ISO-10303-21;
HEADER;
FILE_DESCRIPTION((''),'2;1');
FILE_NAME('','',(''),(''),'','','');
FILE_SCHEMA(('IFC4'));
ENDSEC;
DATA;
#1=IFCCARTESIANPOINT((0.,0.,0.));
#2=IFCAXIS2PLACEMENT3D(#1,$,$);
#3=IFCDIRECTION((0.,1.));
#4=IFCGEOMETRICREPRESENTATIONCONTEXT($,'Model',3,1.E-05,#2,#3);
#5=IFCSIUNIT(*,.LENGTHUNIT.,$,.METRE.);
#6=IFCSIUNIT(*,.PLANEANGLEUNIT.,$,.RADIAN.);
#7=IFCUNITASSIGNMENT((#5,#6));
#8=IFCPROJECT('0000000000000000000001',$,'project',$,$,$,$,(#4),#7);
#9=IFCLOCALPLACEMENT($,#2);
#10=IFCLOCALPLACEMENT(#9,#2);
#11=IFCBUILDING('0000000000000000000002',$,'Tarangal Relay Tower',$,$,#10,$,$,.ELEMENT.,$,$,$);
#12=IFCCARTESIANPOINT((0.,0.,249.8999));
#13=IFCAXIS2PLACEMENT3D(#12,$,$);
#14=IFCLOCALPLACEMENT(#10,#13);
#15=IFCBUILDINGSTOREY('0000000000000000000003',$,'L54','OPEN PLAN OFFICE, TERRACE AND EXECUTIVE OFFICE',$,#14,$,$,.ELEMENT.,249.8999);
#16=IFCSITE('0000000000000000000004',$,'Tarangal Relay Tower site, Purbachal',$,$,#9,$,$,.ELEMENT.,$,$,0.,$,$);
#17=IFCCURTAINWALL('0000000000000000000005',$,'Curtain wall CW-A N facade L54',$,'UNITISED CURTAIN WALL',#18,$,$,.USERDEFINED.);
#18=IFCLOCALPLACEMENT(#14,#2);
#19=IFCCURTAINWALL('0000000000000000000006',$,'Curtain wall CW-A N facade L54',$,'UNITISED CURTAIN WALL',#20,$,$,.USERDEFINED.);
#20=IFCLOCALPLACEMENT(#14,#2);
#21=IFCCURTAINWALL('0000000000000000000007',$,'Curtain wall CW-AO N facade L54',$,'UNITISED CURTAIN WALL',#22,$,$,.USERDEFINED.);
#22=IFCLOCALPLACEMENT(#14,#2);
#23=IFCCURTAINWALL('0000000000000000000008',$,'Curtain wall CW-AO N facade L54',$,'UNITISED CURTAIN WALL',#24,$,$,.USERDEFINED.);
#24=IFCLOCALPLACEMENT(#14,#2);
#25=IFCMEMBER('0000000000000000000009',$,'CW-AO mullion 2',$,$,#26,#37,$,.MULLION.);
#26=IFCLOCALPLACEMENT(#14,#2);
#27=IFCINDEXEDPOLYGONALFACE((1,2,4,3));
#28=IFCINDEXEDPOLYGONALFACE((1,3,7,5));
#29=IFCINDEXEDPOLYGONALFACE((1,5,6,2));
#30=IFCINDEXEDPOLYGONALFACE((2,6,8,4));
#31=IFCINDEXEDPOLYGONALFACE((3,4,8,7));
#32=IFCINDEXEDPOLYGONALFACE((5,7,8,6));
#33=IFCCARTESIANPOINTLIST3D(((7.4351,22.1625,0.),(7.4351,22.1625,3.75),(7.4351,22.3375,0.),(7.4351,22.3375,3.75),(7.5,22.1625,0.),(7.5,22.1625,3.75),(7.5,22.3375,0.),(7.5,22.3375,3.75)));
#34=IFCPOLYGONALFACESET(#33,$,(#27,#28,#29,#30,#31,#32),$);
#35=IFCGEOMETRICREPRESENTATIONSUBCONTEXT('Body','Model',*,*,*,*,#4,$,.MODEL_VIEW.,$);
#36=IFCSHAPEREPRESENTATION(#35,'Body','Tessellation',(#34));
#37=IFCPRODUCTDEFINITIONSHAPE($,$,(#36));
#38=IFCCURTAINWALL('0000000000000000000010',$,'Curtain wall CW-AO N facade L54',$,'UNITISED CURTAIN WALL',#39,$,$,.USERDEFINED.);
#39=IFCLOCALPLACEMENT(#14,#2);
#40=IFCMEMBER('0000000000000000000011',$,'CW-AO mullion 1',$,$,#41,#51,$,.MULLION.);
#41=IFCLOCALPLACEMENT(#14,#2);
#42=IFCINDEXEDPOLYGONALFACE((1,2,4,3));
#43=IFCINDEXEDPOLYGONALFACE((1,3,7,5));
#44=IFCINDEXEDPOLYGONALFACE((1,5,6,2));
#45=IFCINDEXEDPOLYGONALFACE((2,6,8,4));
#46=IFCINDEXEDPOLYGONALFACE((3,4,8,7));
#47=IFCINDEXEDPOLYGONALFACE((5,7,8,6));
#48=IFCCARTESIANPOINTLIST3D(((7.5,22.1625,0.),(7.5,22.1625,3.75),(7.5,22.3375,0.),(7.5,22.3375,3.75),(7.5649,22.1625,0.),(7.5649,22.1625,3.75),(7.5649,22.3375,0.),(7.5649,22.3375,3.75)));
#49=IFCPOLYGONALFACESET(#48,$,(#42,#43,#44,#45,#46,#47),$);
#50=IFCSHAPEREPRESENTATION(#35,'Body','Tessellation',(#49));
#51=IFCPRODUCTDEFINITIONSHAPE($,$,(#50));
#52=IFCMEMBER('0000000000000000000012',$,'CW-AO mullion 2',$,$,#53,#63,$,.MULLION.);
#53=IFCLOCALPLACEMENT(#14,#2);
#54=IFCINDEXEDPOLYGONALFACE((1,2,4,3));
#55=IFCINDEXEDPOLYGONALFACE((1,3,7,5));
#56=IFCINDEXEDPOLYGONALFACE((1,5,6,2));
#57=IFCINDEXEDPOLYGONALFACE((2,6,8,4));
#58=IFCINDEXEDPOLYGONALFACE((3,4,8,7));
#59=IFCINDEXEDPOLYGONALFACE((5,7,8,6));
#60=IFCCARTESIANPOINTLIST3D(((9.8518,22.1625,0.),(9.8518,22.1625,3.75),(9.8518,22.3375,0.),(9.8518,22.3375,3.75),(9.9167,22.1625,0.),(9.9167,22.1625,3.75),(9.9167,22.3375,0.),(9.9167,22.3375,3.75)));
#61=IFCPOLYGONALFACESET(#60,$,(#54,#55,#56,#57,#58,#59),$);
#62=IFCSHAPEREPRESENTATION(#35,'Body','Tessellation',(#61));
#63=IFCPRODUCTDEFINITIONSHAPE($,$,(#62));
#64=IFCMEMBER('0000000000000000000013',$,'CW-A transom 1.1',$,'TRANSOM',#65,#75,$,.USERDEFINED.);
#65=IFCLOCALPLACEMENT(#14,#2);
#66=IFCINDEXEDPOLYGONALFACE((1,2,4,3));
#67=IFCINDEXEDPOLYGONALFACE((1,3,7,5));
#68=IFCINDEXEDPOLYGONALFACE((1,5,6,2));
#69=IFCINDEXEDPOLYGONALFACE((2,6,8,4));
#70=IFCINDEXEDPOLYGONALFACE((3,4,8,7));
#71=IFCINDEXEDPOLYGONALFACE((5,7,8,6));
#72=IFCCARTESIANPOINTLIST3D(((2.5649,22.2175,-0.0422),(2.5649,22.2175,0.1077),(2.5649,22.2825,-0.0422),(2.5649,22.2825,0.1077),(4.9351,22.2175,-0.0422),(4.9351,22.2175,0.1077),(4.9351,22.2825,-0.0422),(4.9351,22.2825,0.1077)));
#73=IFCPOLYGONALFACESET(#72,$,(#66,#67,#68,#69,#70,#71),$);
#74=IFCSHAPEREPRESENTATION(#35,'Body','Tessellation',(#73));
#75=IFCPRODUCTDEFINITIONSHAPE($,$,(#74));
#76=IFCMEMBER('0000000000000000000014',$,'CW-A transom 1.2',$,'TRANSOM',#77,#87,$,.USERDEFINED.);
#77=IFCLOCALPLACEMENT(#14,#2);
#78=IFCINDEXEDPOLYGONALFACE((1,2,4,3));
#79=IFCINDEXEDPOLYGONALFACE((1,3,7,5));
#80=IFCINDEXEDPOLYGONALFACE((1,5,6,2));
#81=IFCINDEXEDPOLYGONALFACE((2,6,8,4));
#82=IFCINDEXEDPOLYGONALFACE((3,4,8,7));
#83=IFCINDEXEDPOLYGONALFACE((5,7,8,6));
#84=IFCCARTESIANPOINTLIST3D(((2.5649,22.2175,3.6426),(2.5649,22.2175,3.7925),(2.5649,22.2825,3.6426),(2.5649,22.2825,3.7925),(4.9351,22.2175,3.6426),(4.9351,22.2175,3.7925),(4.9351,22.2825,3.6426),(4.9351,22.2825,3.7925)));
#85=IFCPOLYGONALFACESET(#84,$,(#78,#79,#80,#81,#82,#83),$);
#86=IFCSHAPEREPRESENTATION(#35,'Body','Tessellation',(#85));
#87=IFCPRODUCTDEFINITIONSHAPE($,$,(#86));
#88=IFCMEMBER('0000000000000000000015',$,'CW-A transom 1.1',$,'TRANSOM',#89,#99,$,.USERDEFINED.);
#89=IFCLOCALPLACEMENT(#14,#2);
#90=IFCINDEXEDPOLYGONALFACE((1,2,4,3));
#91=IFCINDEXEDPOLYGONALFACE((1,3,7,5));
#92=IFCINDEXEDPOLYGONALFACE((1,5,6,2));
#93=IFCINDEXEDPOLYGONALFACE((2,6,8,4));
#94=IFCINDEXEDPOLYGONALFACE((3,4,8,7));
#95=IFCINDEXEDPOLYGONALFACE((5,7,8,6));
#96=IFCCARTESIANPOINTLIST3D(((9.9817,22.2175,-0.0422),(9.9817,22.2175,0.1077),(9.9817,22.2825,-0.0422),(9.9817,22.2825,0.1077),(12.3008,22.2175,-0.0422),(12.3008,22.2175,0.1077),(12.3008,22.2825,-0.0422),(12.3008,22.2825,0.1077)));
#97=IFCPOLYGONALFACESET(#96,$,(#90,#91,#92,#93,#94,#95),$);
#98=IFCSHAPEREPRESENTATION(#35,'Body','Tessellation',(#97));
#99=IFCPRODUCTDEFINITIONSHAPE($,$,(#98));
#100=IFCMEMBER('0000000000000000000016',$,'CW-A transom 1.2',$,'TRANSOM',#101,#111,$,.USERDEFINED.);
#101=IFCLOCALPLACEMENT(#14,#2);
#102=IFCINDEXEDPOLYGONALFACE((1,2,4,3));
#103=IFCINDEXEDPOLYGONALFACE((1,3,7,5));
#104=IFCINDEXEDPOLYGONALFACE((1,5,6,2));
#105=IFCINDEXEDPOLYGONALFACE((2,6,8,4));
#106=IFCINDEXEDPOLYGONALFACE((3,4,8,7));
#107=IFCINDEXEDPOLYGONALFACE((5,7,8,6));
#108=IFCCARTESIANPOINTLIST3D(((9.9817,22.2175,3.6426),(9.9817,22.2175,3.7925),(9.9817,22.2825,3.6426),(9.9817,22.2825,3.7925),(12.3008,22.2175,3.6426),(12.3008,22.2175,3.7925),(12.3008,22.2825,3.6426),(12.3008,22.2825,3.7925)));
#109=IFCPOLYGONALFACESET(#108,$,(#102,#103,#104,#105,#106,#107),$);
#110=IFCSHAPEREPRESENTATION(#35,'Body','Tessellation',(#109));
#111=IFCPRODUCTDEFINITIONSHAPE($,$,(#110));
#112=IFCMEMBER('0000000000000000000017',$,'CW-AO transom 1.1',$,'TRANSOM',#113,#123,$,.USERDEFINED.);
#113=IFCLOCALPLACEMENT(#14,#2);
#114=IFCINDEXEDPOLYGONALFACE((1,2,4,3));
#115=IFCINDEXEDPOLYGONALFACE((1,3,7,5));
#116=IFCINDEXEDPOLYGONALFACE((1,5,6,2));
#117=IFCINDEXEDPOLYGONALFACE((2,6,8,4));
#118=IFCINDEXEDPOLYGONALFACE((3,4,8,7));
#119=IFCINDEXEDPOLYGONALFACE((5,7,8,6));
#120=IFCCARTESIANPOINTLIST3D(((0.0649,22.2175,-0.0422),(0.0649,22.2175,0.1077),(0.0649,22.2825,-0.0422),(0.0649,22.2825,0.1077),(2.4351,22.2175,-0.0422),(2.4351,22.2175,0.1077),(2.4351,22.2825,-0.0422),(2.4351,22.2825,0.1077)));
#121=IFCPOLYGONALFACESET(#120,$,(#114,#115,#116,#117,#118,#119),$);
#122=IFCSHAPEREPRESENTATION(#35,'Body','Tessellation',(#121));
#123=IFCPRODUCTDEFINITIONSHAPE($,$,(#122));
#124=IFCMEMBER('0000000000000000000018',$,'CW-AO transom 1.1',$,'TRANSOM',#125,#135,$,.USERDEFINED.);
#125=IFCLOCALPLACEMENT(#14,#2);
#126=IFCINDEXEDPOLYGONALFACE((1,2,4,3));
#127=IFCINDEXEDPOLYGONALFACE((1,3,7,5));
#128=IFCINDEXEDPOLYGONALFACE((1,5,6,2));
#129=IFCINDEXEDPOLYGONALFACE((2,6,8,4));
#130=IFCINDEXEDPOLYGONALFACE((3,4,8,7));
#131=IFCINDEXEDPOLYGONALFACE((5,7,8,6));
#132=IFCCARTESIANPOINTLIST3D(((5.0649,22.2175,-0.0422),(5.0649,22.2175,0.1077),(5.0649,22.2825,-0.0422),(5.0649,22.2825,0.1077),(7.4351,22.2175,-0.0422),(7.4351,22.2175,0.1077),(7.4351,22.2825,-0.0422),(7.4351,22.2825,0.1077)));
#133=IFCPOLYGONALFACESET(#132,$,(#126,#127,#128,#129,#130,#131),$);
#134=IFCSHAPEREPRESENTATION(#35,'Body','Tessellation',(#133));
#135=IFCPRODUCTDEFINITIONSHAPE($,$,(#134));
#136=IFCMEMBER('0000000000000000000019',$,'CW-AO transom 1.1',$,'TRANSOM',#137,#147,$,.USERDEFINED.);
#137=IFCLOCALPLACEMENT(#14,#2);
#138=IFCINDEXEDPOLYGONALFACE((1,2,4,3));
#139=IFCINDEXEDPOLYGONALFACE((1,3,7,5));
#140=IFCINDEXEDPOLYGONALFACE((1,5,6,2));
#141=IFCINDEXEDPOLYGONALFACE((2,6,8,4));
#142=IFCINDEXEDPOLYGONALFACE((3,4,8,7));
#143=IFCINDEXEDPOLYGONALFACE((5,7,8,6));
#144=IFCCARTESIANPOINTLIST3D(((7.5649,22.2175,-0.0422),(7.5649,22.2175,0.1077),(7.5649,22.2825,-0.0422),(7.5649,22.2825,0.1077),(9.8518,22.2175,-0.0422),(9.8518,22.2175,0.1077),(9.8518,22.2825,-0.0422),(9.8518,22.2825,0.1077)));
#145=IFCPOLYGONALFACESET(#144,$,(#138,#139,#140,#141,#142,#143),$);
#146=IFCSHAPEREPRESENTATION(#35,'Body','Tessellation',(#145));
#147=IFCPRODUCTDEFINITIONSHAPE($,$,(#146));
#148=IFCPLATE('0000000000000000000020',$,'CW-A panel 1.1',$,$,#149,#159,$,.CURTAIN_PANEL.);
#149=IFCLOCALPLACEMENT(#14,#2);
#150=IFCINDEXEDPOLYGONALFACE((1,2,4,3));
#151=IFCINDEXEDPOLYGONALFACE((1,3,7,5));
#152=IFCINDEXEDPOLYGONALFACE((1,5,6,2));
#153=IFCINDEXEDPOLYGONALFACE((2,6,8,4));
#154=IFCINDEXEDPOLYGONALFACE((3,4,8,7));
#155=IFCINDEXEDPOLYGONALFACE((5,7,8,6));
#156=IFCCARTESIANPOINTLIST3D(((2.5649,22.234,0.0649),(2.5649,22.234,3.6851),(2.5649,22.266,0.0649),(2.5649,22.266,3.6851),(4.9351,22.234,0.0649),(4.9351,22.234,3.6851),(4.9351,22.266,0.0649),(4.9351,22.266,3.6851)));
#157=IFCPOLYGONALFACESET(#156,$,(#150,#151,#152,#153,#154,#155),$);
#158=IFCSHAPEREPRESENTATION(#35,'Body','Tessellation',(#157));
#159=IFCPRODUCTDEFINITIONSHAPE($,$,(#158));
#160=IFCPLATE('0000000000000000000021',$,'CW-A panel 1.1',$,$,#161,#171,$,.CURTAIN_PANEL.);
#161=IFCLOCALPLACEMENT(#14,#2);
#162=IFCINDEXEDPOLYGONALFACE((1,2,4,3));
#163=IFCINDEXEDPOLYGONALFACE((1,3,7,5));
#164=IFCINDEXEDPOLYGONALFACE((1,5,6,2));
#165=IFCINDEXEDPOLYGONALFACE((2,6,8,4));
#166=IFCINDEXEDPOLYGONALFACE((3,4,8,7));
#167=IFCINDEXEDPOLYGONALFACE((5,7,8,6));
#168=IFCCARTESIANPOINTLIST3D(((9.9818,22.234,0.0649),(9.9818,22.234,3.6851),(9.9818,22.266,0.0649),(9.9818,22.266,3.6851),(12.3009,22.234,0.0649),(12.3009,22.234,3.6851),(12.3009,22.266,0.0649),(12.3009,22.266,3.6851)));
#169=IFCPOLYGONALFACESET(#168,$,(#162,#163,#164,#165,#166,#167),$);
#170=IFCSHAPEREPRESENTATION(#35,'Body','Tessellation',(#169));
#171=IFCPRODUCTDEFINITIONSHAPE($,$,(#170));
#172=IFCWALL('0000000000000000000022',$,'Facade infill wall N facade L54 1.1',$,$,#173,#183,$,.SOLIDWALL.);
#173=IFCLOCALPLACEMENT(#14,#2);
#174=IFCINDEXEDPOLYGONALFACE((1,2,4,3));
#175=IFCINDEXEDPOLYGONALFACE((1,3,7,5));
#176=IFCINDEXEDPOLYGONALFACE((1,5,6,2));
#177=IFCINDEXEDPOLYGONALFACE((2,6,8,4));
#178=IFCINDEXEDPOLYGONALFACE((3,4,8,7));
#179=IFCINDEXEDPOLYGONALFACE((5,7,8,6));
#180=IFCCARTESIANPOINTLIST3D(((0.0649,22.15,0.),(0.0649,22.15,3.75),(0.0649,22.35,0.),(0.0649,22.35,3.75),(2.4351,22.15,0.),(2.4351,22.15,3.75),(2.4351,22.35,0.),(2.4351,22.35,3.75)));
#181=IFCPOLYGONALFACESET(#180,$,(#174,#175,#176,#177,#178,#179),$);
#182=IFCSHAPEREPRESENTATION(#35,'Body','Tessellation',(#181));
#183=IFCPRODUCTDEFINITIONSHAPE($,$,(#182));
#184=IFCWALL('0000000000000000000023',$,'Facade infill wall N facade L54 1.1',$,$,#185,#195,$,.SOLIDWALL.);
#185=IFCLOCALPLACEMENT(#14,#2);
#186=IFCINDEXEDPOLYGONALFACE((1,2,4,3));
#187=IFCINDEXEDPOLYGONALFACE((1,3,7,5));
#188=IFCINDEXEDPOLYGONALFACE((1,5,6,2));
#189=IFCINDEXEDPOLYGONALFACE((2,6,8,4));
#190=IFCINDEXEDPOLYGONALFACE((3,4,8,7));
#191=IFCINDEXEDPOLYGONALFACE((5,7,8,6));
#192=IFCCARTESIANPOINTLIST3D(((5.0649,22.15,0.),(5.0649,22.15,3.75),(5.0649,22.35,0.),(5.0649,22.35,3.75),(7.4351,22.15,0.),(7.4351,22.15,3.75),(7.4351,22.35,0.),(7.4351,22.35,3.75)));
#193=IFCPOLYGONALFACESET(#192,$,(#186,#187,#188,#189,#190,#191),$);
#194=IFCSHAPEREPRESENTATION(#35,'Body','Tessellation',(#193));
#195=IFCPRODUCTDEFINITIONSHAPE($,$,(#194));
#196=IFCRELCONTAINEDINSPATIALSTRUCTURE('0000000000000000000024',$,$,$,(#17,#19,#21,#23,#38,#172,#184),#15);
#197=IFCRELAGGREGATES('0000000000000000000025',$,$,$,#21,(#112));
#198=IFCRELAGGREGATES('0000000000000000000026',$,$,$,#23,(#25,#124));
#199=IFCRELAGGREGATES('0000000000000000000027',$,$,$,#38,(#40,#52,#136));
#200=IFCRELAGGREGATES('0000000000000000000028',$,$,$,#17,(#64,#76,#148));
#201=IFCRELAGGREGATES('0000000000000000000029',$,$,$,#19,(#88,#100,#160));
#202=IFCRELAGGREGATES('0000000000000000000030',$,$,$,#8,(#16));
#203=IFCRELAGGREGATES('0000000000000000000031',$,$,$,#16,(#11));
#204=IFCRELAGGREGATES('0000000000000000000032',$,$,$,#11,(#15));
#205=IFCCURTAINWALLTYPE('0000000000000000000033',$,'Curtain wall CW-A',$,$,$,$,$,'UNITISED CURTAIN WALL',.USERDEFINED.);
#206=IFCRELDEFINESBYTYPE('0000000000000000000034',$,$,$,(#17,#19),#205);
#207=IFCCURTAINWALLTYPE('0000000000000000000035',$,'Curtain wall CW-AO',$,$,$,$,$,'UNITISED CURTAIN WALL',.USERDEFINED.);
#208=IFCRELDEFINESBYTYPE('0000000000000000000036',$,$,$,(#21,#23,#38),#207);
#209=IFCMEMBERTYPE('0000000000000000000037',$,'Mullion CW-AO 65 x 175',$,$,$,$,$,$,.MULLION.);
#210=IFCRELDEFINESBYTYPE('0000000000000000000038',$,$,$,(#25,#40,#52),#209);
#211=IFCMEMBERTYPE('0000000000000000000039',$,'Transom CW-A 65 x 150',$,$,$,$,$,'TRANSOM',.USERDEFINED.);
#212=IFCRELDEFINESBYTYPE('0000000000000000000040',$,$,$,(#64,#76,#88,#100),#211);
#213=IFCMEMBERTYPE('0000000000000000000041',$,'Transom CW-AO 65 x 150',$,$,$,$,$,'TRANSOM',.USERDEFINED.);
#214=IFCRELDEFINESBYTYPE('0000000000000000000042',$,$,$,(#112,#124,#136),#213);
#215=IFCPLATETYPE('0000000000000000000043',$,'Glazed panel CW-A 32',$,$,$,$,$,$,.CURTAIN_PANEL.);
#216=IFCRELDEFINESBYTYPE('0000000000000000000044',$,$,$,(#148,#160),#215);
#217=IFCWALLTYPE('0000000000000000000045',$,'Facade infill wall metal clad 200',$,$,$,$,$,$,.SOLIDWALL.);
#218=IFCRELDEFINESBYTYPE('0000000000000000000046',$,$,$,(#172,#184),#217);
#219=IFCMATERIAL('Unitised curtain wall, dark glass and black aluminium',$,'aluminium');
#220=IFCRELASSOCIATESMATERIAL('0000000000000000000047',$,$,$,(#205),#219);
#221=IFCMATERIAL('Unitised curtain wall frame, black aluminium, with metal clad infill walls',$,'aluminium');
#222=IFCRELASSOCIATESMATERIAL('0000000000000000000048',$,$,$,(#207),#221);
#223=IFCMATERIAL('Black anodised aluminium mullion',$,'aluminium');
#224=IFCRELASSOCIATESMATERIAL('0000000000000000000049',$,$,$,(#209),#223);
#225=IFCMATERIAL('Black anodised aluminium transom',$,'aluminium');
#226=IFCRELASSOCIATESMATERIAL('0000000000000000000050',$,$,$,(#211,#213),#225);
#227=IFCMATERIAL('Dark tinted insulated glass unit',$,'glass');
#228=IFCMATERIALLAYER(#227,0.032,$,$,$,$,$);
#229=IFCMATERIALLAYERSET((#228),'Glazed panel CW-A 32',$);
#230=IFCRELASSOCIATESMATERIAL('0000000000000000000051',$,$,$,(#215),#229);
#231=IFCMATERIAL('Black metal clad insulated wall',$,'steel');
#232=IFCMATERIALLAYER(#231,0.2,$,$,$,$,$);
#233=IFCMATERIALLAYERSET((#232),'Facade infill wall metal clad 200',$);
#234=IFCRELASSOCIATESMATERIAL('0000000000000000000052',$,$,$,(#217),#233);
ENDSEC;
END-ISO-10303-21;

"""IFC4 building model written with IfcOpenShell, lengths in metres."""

from ifc_helpers import new_model, si_unit, direction, frame, frame_2d, origin, origin_2d, place, context, subcontext, project, spatial, rectangle, extrude, material, layer, layer_set, material_profile, profile_set, type_object, element, aggregate, save


model = new_model("IFC4")

# Units and contexts
model_context = context("Model", 3, precision=1e-05, world=origin(), true_north=direction((0.0, 1.0)))
body_context = subcontext(model_context, "Body", "Model", "MODEL_VIEW")
ifc_project = project(units=[si_unit("LENGTHUNIT", "METRE"), si_unit("PLANEANGLEUNIT", "RADIAN")], contexts=[model_context])

# Site, building, storey
site_placement = place(None, origin())
site = spatial("IfcSite", under=ifc_project, at=site_placement, Name="Tarangal Relay Tower site, Purbachal", CompositionType="ELEMENT", RefElevation=0.0)
building_placement = place(site_placement, origin())
building = spatial("IfcBuilding", under=site, at=building_placement, Name="Tarangal Relay Tower", CompositionType="ELEMENT")
storey_placement = place(building_placement, frame((0.0, 0.0, 249.8999)))
storey = spatial("IfcBuildingStorey", under=building, at=storey_placement, Name="L54", Description="OPEN PLAN OFFICE, TERRACE AND EXECUTIVE OFFICE", CompositionType="ELEMENT", Elevation=249.8999)

# Curtain wall
ifc_material_1 = material(Name="Unitised curtain wall, dark glass and black aluminium", Category="aluminium")
curtain_wall_type_1 = type_object("IfcCurtainWallType", Name="Curtain wall CW-A", ElementType="UNITISED CURTAIN WALL", PredefinedType="USERDEFINED", material=ifc_material_1)
curtain_wall_1_placement = place(storey_placement, origin())
curtain_wall_1 = element("IfcCurtainWall", 1, at=curtain_wall_1_placement, inside=storey, type_object=curtain_wall_type_1, Name="Curtain wall CW-A N facade L54", ObjectType="UNITISED CURTAIN WALL", PredefinedType="USERDEFINED")
ifc_material_2 = material(Name="Black anodised aluminium mullion", Category="aluminium")

# Curtain wall
curtain_wall_2_placement = place(storey_placement, origin())
curtain_wall_2 = element("IfcCurtainWall", 2, at=curtain_wall_2_placement, inside=storey, type_object=curtain_wall_type_1, Name="Curtain wall CW-A N facade L54", ObjectType="UNITISED CURTAIN WALL", PredefinedType="USERDEFINED")

# Curtain walls, members
ifc_material_3 = material(Name="Unitised curtain wall frame, black aluminium, with metal clad infill walls", Category="aluminium")
curtain_wall_type_2 = type_object("IfcCurtainWallType", Name="Curtain wall CW-AO", ElementType="UNITISED CURTAIN WALL", PredefinedType="USERDEFINED", material=ifc_material_3)
curtain_wall_3_placement = place(storey_placement, origin())
curtain_wall_3 = element("IfcCurtainWall", 3, at=curtain_wall_3_placement, inside=storey, type_object=curtain_wall_type_2, Name="Curtain wall CW-AO N facade L54", ObjectType="UNITISED CURTAIN WALL", PredefinedType="USERDEFINED")
ifc_material_profile_1 = material_profile(ifc_material_2, rectangle(XDim=0.175, YDim=0.0649, at=origin_2d()), Name="CW-AOM 65X175")
ifc_profile_set_1 = profile_set([ifc_material_profile_1], Name="Black anodised aluminium mullion")
member_type_1 = type_object("IfcMemberType", Name="Mullion CW-AO 65 x 175", PredefinedType="MULLION", material=ifc_profile_set_1)
curtain_wall_4_placement = place(storey_placement, origin())
curtain_wall_4 = element("IfcCurtainWall", 4, at=curtain_wall_4_placement, inside=storey, type_object=curtain_wall_type_2, Name="Curtain wall CW-AO N facade L54", ObjectType="UNITISED CURTAIN WALL", PredefinedType="USERDEFINED")
member_1_placement = place(storey_placement, frame((7.4675, 22.25, 0.0), z_axis=(0.0, 0.0, 1.0), x_axis=(0.0, 1.0, 0.0)))
member_1 = element("IfcMember", 5, at=member_1_placement, type_object=member_type_1, Name="CW-AO mullion 2", PredefinedType="MULLION", context=body_context, shape_type="SweptSolid", body=[
    extrude(rectangle(XDim=0.175, YDim=0.0649, at=origin_2d()), origin(), (0.0, 0.0, 1.0), 3.75),
])
curtain_wall_5_placement = place(storey_placement, origin())
curtain_wall_5 = element("IfcCurtainWall", 6, at=curtain_wall_5_placement, inside=storey, type_object=curtain_wall_type_2, Name="Curtain wall CW-AO N facade L54", ObjectType="UNITISED CURTAIN WALL", PredefinedType="USERDEFINED")
member_2_placement = place(storey_placement, frame((7.5325, 22.25, 0.0), z_axis=(0.0, 0.0, 1.0), x_axis=(0.0, 1.0, 0.0)))
member_2 = element("IfcMember", 7, at=member_2_placement, type_object=member_type_1, Name="CW-AO mullion 1", PredefinedType="MULLION", context=body_context, shape_type="SweptSolid", body=[
    extrude(rectangle(XDim=0.175, YDim=0.0649, at=origin_2d()), origin(), (0.0, 0.0, 1.0), 3.75),
])
member_3_placement = place(storey_placement, frame((9.8843, 22.25, 0.0), z_axis=(0.0, 0.0, 1.0), x_axis=(0.0, 1.0, 0.0)))
member_3 = element("IfcMember", 8, at=member_3_placement, type_object=member_type_1, Name="CW-AO mullion 2", PredefinedType="MULLION", context=body_context, shape_type="SweptSolid", body=[
    extrude(rectangle(XDim=0.175, YDim=0.0649, at=origin_2d()), origin(), (0.0, 0.0, 1.0), 3.75),
])

# Members
ifc_material_4 = material(Name="Black anodised aluminium transom", Category="aluminium")
ifc_material_profile_2 = material_profile(ifc_material_4, rectangle(XDim=0.0649, YDim=0.1499, at=origin_2d()), Name="CW-AT 65X150")
ifc_profile_set_2 = profile_set([ifc_material_profile_2], Name="Black anodised aluminium transom")
member_type_2 = type_object("IfcMemberType", Name="Transom CW-A 65 x 150", ElementType="TRANSOM", PredefinedType="USERDEFINED", material=ifc_profile_set_2)
member_4_placement = place(storey_placement, frame((2.5649, 22.25, 0.0327), z_axis=(1.0, 0.0, 0.0), x_axis=(0.0, 1.0, 0.0)))
member_4 = element("IfcMember", 9, at=member_4_placement, type_object=member_type_2, Name="CW-A transom 1.1", ObjectType="TRANSOM", PredefinedType="USERDEFINED", context=body_context, shape_type="SweptSolid", body=[
    extrude(rectangle(XDim=0.0649, YDim=0.1499, at=origin_2d()), origin(), (0.0, 0.0, 1.0), 2.3701),
])
member_5_placement = place(storey_placement, frame((2.5649, 22.25, 3.7175), z_axis=(1.0, 0.0, 0.0), x_axis=(0.0, 1.0, 0.0)))
member_5 = element("IfcMember", 10, at=member_5_placement, type_object=member_type_2, Name="CW-A transom 1.2", ObjectType="TRANSOM", PredefinedType="USERDEFINED", context=body_context, shape_type="SweptSolid", body=[
    extrude(rectangle(XDim=0.0649, YDim=0.1499, at=origin_2d()), origin(), (0.0, 0.0, 1.0), 2.3701),
])
member_6_placement = place(storey_placement, frame((9.9817, 22.25, 0.0327), z_axis=(1.0, 0.0, 0.0), x_axis=(0.0, 1.0, 0.0)))
member_6 = element("IfcMember", 11, at=member_6_placement, type_object=member_type_2, Name="CW-A transom 1.1", ObjectType="TRANSOM", PredefinedType="USERDEFINED", context=body_context, shape_type="SweptSolid", body=[
    extrude(rectangle(XDim=0.0649, YDim=0.1499, at=origin_2d()), origin(), (0.0, 0.0, 1.0), 2.3191),
])
member_7_placement = place(storey_placement, frame((9.9817, 22.25, 3.7175), z_axis=(1.0, 0.0, 0.0), x_axis=(0.0, 1.0, 0.0)))
member_7 = element("IfcMember", 12, at=member_7_placement, type_object=member_type_2, Name="CW-A transom 1.2", ObjectType="TRANSOM", PredefinedType="USERDEFINED", context=body_context, shape_type="SweptSolid", body=[
    extrude(rectangle(XDim=0.0649, YDim=0.1499, at=origin_2d()), origin(), (0.0, 0.0, 1.0), 2.3191),
])
ifc_material_profile_3 = material_profile(ifc_material_4, rectangle(XDim=0.0649, YDim=0.1499, at=origin_2d()), Name="CW-AOT 65X150")
ifc_profile_set_3 = profile_set([ifc_material_profile_3], Name="Black anodised aluminium transom")
member_type_3 = type_object("IfcMemberType", Name="Transom CW-AO 65 x 150", ElementType="TRANSOM", PredefinedType="USERDEFINED", material=ifc_profile_set_3)
member_8_placement = place(storey_placement, frame((0.0649, 22.25, 0.0327), z_axis=(1.0, 0.0, 0.0), x_axis=(0.0, 1.0, 0.0)))
member_8 = element("IfcMember", 13, at=member_8_placement, type_object=member_type_3, Name="CW-AO transom 1.1", ObjectType="TRANSOM", PredefinedType="USERDEFINED", context=body_context, shape_type="SweptSolid", body=[
    extrude(rectangle(XDim=0.0649, YDim=0.1499, at=origin_2d()), origin(), (0.0, 0.0, 1.0), 2.3701),
])
aggregate(curtain_wall_3, [member_8])
member_9_placement = place(storey_placement, frame((5.0649, 22.25, 0.0327), z_axis=(1.0, 0.0, 0.0), x_axis=(0.0, 1.0, 0.0)))
member_9 = element("IfcMember", 14, at=member_9_placement, type_object=member_type_3, Name="CW-AO transom 1.1", ObjectType="TRANSOM", PredefinedType="USERDEFINED", context=body_context, shape_type="SweptSolid", body=[
    extrude(rectangle(XDim=0.0649, YDim=0.1499, at=origin_2d()), origin(), (0.0, 0.0, 1.0), 2.3701),
])
aggregate(curtain_wall_4, [member_1, member_9])
member_10_placement = place(storey_placement, frame((7.5649, 22.25, 0.0327), z_axis=(1.0, 0.0, 0.0), x_axis=(0.0, 1.0, 0.0)))
member_10 = element("IfcMember", 15, at=member_10_placement, type_object=member_type_3, Name="CW-AO transom 1.1", ObjectType="TRANSOM", PredefinedType="USERDEFINED", context=body_context, shape_type="SweptSolid", body=[
    extrude(rectangle(XDim=0.0649, YDim=0.1499, at=origin_2d()), origin(), (0.0, 0.0, 1.0), 2.2869),
])
aggregate(curtain_wall_5, [member_2, member_3, member_10])

# Plates
ifc_material_5 = material(Name="Dark tinted insulated glass unit", Category="glass")
ifc_layer_1 = layer(ifc_material_5, 0.032)
ifc_layer_set_1 = layer_set([ifc_layer_1], Name="Glazed panel CW-A 32")
plate_type = type_object("IfcPlateType", Name="Glazed panel CW-A 32", PredefinedType="CURTAIN_PANEL", material=ifc_layer_set_1)
plate_1_placement = place(storey_placement, frame((3.75, 22.25, 0.0649), z_axis=(0.0, 0.0, 1.0), x_axis=(1.0, 0.0, 0.0)))
plate_1 = element("IfcPlate", 16, at=plate_1_placement, type_object=plate_type, Name="CW-A panel 1.1", PredefinedType="CURTAIN_PANEL", context=body_context, shape_type="SweptSolid", body=[
    extrude(rectangle(XDim=2.3701, YDim=0.032, at=origin_2d()), origin(), (0.0, 0.0, 1.0), 3.6201),
])
aggregate(curtain_wall_1, [member_4, member_5, plate_1])
plate_2_placement = place(storey_placement, frame((11.1414, 22.25, 0.0649), z_axis=(0.0, 0.0, 1.0), x_axis=(1.0, 0.0, 0.0)))
plate_2 = element("IfcPlate", 17, at=plate_2_placement, type_object=plate_type, Name="CW-A panel 1.1", PredefinedType="CURTAIN_PANEL", context=body_context, shape_type="SweptSolid", body=[
    extrude(rectangle(XDim=2.3191, YDim=0.032, at=origin_2d()), origin(), (0.0, 0.0, 1.0), 3.6201),
])
aggregate(curtain_wall_2, [member_6, member_7, plate_2])

# Walls
ifc_material_6 = material(Name="Black metal clad insulated wall", Category="steel")
ifc_layer_2 = layer(ifc_material_6, 0.2)
ifc_layer_set_2 = layer_set([ifc_layer_2], Name="Facade infill wall metal clad 200")
wall_type_1 = type_object("IfcWallType", Name="Facade infill wall metal clad 200", PredefinedType="SOLIDWALL", material=ifc_layer_set_2)
for number, where, z_axis, x_axis, name in (
    (18, (0.0649, 22.25, 0.0), (0.0, 0.0, 1.0), (1.0, 0.0, 0.0), "Facade infill wall N facade L54 1.1"),
    (19, (5.0649, 22.25, 0.0), (0.0, 0.0, 1.0), (1.0, 0.0, 0.0), "Facade infill wall N facade L54 1.1"),
):
    element("IfcWall", number, at=place(storey_placement, frame(where, z_axis=z_axis, x_axis=x_axis)), inside=storey, type_object=wall_type_1, Name=name, PredefinedType="SOLIDWALL", context=body_context, shape_type="SweptSolid", body=[
        extrude(rectangle(XDim=2.3701, YDim=0.2, at=frame_2d((1.1851, 0.0))), origin(), (0.0, 0.0, 1.0), 3.75),
    ])

save(model, "model.ifc")
